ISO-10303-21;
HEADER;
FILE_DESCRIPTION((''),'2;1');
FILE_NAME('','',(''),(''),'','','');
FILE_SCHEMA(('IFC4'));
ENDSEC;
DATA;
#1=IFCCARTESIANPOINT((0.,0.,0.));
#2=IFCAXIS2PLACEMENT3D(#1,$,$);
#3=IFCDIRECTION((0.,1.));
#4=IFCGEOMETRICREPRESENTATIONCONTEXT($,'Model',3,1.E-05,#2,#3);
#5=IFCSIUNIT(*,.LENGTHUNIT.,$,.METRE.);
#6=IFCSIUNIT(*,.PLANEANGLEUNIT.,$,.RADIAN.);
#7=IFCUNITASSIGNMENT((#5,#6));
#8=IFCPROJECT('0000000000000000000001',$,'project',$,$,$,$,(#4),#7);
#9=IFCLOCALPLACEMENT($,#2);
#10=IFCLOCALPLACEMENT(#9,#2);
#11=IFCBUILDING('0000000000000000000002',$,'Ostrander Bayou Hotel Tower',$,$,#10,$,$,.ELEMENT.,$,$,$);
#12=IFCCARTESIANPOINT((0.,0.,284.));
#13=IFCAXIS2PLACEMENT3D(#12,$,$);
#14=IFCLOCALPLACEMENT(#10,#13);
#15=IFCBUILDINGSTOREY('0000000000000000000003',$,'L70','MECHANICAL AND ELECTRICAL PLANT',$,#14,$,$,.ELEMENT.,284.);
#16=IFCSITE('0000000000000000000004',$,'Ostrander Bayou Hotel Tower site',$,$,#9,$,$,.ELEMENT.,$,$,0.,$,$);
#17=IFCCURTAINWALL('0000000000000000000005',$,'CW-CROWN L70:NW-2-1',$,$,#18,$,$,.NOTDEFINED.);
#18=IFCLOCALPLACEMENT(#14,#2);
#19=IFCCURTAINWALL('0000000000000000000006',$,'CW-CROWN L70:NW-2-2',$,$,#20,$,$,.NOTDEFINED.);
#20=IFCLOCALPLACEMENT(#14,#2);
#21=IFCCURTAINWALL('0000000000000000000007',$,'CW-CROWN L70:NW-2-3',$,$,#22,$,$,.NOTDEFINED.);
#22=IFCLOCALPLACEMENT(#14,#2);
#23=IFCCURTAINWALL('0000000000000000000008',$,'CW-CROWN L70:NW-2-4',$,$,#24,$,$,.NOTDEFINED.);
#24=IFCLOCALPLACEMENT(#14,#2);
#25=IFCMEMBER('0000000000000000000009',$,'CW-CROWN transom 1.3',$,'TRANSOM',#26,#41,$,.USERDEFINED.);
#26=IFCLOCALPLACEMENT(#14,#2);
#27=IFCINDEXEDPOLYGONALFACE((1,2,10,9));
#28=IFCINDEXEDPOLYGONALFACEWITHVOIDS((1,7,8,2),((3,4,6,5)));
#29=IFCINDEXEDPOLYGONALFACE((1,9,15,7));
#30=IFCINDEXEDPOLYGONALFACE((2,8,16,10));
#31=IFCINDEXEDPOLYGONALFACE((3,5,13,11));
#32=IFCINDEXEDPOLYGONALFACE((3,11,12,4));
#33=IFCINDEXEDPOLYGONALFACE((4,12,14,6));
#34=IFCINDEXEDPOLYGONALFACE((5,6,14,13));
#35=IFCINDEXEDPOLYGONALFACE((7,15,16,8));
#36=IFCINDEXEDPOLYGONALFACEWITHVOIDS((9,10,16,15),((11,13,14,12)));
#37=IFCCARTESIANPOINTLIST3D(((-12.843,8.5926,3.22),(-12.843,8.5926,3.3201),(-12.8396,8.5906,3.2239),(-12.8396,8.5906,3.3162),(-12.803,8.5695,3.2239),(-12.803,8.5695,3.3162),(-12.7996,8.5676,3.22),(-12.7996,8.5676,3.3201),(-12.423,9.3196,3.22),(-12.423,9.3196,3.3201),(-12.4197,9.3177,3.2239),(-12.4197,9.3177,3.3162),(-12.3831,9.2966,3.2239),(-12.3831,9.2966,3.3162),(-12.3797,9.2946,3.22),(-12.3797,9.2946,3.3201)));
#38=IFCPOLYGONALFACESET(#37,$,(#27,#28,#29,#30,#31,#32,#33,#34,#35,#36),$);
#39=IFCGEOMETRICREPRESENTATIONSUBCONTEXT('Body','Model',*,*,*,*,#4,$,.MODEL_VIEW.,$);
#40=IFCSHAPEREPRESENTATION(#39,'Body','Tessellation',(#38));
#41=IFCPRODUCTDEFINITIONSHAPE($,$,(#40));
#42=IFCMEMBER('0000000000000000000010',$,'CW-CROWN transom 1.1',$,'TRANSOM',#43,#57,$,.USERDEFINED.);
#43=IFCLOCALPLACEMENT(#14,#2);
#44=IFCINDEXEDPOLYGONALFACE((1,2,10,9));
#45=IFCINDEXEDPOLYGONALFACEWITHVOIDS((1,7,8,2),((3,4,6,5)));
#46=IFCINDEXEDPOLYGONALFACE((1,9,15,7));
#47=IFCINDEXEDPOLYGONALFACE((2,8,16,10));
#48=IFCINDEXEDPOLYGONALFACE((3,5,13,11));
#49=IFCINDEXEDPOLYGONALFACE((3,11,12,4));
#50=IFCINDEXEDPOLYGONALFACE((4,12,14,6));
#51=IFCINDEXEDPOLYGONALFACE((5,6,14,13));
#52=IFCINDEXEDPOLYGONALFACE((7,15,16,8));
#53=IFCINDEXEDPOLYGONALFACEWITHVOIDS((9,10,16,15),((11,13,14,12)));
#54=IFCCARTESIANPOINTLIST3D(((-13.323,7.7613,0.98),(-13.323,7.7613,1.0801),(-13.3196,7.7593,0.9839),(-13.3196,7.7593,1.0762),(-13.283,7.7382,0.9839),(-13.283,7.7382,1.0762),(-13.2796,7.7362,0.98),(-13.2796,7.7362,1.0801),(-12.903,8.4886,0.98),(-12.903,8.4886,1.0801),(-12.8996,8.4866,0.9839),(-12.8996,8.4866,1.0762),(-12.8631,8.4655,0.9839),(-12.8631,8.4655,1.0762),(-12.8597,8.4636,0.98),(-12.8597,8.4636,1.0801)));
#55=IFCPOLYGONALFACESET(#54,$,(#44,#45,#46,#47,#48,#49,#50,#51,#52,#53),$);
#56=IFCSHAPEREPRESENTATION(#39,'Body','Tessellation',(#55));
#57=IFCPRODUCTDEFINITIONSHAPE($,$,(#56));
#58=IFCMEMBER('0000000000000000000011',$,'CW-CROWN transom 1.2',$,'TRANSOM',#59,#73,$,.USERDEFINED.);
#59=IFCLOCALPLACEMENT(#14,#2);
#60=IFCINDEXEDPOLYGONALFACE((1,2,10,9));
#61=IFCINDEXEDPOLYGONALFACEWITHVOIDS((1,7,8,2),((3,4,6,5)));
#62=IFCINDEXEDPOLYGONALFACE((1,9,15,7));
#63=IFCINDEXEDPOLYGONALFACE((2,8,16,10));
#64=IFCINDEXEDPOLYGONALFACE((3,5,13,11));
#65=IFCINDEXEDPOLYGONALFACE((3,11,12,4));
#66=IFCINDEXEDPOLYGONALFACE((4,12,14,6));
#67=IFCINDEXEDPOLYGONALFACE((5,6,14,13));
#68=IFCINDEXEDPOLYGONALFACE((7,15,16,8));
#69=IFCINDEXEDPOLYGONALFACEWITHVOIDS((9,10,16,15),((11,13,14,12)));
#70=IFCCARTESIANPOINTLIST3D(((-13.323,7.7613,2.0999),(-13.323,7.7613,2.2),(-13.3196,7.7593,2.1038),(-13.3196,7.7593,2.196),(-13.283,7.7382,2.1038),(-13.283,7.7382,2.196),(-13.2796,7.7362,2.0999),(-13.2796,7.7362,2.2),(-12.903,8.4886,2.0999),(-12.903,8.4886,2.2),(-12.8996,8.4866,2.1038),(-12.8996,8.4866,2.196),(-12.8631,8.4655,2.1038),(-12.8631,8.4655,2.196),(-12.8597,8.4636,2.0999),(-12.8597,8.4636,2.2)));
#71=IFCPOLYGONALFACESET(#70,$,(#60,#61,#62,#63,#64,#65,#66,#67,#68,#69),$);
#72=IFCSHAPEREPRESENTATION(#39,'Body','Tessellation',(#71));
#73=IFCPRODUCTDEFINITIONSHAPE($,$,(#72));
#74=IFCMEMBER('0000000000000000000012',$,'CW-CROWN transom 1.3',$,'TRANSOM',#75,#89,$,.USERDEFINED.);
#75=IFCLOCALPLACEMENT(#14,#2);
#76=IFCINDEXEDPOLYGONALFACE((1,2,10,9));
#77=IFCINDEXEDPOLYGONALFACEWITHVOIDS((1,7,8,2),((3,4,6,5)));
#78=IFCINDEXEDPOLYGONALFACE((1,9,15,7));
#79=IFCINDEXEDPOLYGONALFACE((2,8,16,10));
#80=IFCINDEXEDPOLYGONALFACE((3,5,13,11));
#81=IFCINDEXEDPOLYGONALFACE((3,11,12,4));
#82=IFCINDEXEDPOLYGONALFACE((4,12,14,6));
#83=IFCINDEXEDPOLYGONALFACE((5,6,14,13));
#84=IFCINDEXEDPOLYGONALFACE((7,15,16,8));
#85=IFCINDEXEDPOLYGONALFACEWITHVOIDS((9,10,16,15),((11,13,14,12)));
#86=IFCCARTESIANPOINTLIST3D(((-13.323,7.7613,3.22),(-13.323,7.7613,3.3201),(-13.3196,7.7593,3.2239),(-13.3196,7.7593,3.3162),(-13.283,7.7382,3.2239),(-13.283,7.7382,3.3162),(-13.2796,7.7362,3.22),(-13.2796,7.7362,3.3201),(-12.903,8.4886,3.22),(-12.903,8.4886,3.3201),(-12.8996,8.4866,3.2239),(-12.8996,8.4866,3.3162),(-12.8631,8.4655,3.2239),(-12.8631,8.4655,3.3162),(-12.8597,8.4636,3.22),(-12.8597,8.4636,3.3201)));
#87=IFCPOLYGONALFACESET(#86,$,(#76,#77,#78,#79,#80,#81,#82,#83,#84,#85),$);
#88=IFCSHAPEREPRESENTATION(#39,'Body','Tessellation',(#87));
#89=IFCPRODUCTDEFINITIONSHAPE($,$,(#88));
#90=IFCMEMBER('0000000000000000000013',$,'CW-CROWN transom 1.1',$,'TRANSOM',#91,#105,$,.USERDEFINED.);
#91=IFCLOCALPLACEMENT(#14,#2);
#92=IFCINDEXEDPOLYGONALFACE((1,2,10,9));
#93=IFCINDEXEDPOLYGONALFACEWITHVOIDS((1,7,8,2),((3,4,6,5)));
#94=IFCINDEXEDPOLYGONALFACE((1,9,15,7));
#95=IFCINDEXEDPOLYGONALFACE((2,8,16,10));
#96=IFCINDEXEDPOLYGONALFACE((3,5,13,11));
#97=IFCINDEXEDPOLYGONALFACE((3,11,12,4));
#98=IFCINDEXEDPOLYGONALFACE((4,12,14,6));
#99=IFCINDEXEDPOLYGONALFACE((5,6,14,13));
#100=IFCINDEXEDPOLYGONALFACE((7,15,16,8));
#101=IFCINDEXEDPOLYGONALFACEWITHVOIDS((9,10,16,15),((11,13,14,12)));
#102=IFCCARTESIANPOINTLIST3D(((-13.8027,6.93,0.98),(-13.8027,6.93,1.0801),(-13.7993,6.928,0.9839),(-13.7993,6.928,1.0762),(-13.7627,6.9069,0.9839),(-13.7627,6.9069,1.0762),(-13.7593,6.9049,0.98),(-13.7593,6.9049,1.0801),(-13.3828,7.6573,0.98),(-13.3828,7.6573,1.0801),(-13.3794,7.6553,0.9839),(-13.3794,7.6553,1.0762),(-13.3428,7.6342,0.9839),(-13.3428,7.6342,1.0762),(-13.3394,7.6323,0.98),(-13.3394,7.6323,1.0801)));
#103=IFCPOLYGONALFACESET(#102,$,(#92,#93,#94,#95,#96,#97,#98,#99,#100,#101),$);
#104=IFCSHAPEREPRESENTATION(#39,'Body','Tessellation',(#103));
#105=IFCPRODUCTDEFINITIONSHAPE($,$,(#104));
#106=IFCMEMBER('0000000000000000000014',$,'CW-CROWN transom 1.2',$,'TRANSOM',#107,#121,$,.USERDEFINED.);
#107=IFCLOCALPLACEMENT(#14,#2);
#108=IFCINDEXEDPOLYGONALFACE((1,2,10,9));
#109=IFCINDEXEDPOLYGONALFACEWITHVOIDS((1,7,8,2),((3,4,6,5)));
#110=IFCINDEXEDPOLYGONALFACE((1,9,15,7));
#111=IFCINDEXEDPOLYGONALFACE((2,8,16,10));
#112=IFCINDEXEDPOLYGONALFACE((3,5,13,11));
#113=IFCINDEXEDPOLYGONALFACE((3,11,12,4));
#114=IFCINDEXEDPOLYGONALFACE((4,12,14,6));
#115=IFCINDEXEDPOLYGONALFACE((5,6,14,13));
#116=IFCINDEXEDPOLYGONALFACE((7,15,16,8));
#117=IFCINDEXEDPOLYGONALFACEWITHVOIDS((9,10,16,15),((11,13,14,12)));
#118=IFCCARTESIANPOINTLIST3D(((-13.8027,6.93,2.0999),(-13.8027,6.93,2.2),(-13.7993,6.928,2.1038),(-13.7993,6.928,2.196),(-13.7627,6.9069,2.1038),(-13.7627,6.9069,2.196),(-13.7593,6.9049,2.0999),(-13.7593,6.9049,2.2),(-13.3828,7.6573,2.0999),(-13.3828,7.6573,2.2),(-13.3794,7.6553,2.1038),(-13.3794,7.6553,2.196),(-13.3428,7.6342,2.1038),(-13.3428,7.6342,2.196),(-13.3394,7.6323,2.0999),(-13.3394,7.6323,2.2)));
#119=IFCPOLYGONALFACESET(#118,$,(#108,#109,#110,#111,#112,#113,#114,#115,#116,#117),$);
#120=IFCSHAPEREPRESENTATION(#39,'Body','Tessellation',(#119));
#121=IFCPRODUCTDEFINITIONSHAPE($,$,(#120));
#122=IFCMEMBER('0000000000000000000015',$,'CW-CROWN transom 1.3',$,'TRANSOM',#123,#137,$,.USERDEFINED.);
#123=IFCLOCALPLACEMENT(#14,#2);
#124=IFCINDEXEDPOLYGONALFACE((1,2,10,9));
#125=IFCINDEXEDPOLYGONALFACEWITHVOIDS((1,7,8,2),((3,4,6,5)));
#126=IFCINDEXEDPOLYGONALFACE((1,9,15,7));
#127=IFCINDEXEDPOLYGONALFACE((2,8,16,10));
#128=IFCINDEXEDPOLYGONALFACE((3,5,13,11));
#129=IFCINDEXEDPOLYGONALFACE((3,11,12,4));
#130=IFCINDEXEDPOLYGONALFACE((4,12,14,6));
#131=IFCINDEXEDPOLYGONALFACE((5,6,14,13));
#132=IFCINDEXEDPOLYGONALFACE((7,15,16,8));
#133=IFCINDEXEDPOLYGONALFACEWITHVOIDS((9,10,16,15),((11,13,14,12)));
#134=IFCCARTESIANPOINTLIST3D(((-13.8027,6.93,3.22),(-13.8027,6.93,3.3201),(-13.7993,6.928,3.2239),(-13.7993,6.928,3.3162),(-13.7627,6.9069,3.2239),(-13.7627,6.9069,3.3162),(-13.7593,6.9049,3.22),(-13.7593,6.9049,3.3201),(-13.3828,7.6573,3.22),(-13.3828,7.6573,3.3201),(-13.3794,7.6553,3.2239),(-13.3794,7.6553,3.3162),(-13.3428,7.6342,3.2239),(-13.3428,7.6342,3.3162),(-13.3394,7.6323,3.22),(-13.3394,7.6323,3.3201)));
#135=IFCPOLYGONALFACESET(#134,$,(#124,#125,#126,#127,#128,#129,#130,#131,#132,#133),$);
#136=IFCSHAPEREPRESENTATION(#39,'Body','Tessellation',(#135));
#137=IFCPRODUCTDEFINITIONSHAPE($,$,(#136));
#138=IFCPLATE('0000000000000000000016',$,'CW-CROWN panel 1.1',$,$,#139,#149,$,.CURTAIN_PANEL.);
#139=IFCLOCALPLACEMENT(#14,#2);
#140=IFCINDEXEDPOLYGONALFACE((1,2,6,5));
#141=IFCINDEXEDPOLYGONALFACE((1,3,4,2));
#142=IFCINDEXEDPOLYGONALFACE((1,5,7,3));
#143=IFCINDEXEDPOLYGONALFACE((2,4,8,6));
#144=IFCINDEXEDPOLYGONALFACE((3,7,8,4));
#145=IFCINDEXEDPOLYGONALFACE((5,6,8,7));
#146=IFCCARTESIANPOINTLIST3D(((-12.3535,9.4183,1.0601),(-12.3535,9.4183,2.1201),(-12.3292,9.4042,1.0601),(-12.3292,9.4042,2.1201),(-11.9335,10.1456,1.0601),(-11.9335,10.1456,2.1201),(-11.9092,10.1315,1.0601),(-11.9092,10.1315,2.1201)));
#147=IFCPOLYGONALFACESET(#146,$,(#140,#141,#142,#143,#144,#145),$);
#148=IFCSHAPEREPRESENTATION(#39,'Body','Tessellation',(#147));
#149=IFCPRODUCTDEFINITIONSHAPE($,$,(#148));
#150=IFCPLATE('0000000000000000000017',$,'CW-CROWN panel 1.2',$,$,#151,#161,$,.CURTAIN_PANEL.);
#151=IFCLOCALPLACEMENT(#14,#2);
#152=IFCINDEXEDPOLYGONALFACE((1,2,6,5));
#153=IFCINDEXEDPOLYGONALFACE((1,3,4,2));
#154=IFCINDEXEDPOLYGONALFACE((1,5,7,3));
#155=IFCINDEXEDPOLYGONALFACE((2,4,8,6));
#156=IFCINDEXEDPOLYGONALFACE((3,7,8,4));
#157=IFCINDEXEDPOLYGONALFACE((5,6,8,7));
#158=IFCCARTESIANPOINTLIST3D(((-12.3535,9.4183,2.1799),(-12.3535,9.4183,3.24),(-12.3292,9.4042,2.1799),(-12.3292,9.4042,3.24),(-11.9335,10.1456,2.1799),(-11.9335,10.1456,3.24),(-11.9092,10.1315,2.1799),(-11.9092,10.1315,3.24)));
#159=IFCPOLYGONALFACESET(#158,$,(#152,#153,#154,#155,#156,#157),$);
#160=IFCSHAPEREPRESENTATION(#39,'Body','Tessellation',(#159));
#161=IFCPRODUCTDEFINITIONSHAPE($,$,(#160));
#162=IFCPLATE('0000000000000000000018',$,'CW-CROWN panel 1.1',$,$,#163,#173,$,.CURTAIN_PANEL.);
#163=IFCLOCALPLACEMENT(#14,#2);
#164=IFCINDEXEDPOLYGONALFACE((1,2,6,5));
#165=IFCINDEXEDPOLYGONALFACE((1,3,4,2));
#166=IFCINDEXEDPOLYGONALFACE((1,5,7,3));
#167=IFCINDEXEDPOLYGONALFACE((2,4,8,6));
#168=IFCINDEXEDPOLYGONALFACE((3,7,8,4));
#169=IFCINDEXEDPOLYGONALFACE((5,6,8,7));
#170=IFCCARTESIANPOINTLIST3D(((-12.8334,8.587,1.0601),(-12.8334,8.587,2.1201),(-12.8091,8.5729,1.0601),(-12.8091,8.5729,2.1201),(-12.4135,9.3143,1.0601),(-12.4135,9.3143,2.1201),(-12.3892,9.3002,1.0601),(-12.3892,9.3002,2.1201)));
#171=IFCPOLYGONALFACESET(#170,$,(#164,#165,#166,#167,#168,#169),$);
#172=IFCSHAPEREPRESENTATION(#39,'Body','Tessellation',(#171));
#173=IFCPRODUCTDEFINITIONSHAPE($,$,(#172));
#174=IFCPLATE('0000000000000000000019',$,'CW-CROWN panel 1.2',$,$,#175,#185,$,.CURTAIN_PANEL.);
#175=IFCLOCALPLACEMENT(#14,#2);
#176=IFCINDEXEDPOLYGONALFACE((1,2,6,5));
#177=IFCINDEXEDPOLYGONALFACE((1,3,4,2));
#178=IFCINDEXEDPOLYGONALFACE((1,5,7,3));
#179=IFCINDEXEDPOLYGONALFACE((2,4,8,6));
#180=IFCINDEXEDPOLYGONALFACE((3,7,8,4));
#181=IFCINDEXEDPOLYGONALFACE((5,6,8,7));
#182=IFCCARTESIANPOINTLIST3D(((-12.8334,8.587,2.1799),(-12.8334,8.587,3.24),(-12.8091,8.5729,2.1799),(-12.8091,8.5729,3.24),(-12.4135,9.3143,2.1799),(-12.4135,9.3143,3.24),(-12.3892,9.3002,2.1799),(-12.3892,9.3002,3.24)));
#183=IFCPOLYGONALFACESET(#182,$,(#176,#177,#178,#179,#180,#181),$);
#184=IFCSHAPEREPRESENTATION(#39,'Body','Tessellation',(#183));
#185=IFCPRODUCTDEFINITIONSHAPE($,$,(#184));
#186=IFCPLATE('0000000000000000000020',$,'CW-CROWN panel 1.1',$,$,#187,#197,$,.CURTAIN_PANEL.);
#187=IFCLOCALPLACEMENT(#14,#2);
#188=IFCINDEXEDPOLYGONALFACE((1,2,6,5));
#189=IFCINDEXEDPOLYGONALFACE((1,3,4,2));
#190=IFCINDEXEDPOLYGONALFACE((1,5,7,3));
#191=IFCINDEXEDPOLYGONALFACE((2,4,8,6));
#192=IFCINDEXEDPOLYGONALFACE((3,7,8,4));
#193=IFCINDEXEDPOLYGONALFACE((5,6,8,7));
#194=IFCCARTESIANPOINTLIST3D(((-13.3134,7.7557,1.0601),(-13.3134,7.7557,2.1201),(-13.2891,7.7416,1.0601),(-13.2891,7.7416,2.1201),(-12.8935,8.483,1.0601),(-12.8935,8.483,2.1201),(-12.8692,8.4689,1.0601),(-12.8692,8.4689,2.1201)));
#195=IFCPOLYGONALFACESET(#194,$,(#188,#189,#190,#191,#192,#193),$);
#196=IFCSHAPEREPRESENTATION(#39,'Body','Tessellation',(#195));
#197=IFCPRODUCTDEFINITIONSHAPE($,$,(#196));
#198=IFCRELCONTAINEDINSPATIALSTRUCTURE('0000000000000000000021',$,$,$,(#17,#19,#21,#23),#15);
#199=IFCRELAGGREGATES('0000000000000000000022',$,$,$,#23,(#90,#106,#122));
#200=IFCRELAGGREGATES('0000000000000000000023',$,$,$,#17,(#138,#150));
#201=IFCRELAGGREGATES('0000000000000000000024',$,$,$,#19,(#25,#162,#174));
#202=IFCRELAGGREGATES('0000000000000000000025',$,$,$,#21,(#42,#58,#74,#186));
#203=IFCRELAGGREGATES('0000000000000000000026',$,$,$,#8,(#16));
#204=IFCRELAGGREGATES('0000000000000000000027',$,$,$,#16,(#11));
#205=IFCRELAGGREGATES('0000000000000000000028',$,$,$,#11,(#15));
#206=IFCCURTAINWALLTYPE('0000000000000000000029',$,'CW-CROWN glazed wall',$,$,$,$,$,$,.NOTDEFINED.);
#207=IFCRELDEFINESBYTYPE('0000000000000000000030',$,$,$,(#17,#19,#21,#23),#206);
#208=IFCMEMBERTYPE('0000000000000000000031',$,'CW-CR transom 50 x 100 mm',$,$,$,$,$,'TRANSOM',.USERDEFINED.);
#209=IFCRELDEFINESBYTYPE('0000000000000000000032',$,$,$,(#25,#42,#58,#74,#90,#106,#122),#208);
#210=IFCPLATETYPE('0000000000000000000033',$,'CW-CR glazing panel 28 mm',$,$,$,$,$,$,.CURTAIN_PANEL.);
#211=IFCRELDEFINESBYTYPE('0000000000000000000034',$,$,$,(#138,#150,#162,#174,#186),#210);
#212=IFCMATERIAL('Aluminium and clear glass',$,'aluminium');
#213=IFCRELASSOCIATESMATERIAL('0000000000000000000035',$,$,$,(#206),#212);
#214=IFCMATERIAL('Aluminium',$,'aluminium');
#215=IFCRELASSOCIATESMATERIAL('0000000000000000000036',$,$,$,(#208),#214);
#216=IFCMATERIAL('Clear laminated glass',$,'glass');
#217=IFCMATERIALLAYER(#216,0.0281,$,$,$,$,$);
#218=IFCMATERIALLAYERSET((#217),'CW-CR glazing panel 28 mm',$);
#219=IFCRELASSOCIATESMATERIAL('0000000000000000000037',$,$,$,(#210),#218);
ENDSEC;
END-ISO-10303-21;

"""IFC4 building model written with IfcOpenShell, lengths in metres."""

from ifc_helpers import new_model, si_unit, direction, frame, origin, origin_2d, place, context, subcontext, project, spatial, rectangle, hollow_rectangle, extrude, material, layer, layer_set, material_profile, profile_set, type_object, element, aggregate, save


model = new_model("IFC4")

# Units and contexts
model_context = context("Model", 3, precision=1e-05, world=origin(), true_north=direction((0.0, 1.0)))
body_context = subcontext(model_context, "Body", "Model", "MODEL_VIEW")
ifc_project = project(units=[si_unit("LENGTHUNIT", "METRE"), si_unit("PLANEANGLEUNIT", "RADIAN")], contexts=[model_context])

# Site, building, storey
site_placement = place(None, origin())
site = spatial("IfcSite", under=ifc_project, at=site_placement, Name="Ostrander Bayou Hotel Tower site", CompositionType="ELEMENT", RefElevation=0.0)
building_placement = place(site_placement, origin())
building = spatial("IfcBuilding", under=site, at=building_placement, Name="Ostrander Bayou Hotel Tower", CompositionType="ELEMENT")
storey_placement = place(building_placement, frame((0.0, 0.0, 284.0)))
storey = spatial("IfcBuildingStorey", under=building, at=storey_placement, Name="L70", Description="MECHANICAL AND ELECTRICAL PLANT", CompositionType="ELEMENT", Elevation=284.0)

# Curtain wall
ifc_material_1 = material(Name="Aluminium and clear glass", Category="aluminium")
curtain_wall_type = type_object("IfcCurtainWallType", Name="CW-CROWN glazed wall", PredefinedType="NOTDEFINED", material=ifc_material_1)
curtain_wall_1_placement = place(storey_placement, origin())
curtain_wall_1 = element("IfcCurtainWall", 1, at=curtain_wall_1_placement, inside=storey, type_object=curtain_wall_type, Name="CW-CROWN L70:NW-2-1", PredefinedType="NOTDEFINED")

# Curtain walls
curtain_wall_2_placement = place(storey_placement, origin())
curtain_wall_2 = element("IfcCurtainWall", 2, at=curtain_wall_2_placement, inside=storey, type_object=curtain_wall_type, Name="CW-CROWN L70:NW-2-2", PredefinedType="NOTDEFINED")
curtain_wall_3_placement = place(storey_placement, origin())
curtain_wall_3 = element("IfcCurtainWall", 3, at=curtain_wall_3_placement, inside=storey, type_object=curtain_wall_type, Name="CW-CROWN L70:NW-2-3", PredefinedType="NOTDEFINED")

# Curtain wall
curtain_wall_4_placement = place(storey_placement, origin())
curtain_wall_4 = element("IfcCurtainWall", 4, at=curtain_wall_4_placement, inside=storey, type_object=curtain_wall_type, Name="CW-CROWN L70:NW-2-4", PredefinedType="NOTDEFINED")

# Members
ifc_material_2 = material(Name="Aluminium", Category="aluminium")
ifc_material_profile_1 = material_profile(ifc_material_2, hollow_rectangle(XDim=0.05, YDim=0.1001, WallThickness=0.0039, at=origin_2d()))
ifc_profile_set_1 = profile_set([ifc_material_profile_1], Name="Aluminium")
member_type_1 = type_object("IfcMemberType", Name="CW-CR transom 50 x 100 mm", ElementType="TRANSOM", PredefinedType="USERDEFINED", material=ifc_profile_set_1)
member_1_placement = place(storey_placement, frame((-12.4014, 9.3071, 3.27), z_axis=(-0.500142, -0.865943, 0.0), x_axis=(0.865943, -0.500142, 0.0)))
member_1 = element("IfcMember", 5, at=member_1_placement, type_object=member_type_1, Name="CW-CROWN transom 1.3", ObjectType="TRANSOM", PredefinedType="USERDEFINED", context=body_context, shape_type="SweptSolid", body=[
    extrude(hollow_rectangle(XDim=0.05, YDim=0.1001, WallThickness=0.0039, at=origin_2d()), origin(), (0.0, 0.0, 1.0), 0.8396),
])
member_2_placement = place(storey_placement, frame((-12.8813, 8.4761, 1.03), z_axis=(-0.500016, -0.866016, 0.0), x_axis=(0.866016, -0.500016, 0.0)))
member_2 = element("IfcMember", 6, at=member_2_placement, type_object=member_type_1, Name="CW-CROWN transom 1.1", ObjectType="TRANSOM", PredefinedType="USERDEFINED", context=body_context, shape_type="SweptSolid", body=[
    extrude(hollow_rectangle(XDim=0.05, YDim=0.1001, WallThickness=0.0039, at=origin_2d()), origin(), (0.0, 0.0, 1.0), 0.8398),
])
member_3_placement = place(storey_placement, frame((-12.8813, 8.4761, 2.1499), z_axis=(-0.500016, -0.866016, 0.0), x_axis=(0.866016, -0.500016, 0.0)))
member_3 = element("IfcMember", 7, at=member_3_placement, type_object=member_type_1, Name="CW-CROWN transom 1.2", ObjectType="TRANSOM", PredefinedType="USERDEFINED", context=body_context, shape_type="SweptSolid", body=[
    extrude(hollow_rectangle(XDim=0.05, YDim=0.1001, WallThickness=0.0039, at=origin_2d()), origin(), (0.0, 0.0, 1.0), 0.8398),
])
member_4_placement = place(storey_placement, frame((-12.8813, 8.4761, 3.27), z_axis=(-0.500016, -0.866016, 0.0), x_axis=(0.866016, -0.500016, 0.0)))
member_4 = element("IfcMember", 8, at=member_4_placement, type_object=member_type_1, Name="CW-CROWN transom 1.3", ObjectType="TRANSOM", PredefinedType="USERDEFINED", context=body_context, shape_type="SweptSolid", body=[
    extrude(hollow_rectangle(XDim=0.05, YDim=0.1001, WallThickness=0.0039, at=origin_2d()), origin(), (0.0, 0.0, 1.0), 0.8398),
])
member_5_placement = place(storey_placement, frame((-13.3611, 7.6448, 1.03), z_axis=(-0.500016, -0.866016, 0.0), x_axis=(0.866016, -0.500016, 0.0)))
member_5 = element("IfcMember", 9, at=member_5_placement, type_object=member_type_1, Name="CW-CROWN transom 1.1", ObjectType="TRANSOM", PredefinedType="USERDEFINED", context=body_context, shape_type="SweptSolid", body=[
    extrude(hollow_rectangle(XDim=0.05, YDim=0.1001, WallThickness=0.0039, at=origin_2d()), origin(), (0.0, 0.0, 1.0), 0.8398),
])
member_6_placement = place(storey_placement, frame((-13.3611, 7.6448, 2.1499), z_axis=(-0.500016, -0.866016, 0.0), x_axis=(0.866016, -0.500016, 0.0)))
member_6 = element("IfcMember", 10, at=member_6_placement, type_object=member_type_1, Name="CW-CROWN transom 1.2", ObjectType="TRANSOM", PredefinedType="USERDEFINED", context=body_context, shape_type="SweptSolid", body=[
    extrude(hollow_rectangle(XDim=0.05, YDim=0.1001, WallThickness=0.0039, at=origin_2d()), origin(), (0.0, 0.0, 1.0), 0.8398),
])
member_7_placement = place(storey_placement, frame((-13.3611, 7.6448, 3.27), z_axis=(-0.500016, -0.866016, 0.0), x_axis=(0.866016, -0.500016, 0.0)))
member_7 = element("IfcMember", 11, at=member_7_placement, type_object=member_type_1, Name="CW-CROWN transom 1.3", ObjectType="TRANSOM", PredefinedType="USERDEFINED", context=body_context, shape_type="SweptSolid", body=[
    extrude(hollow_rectangle(XDim=0.05, YDim=0.1001, WallThickness=0.0039, at=origin_2d()), origin(), (0.0, 0.0, 1.0), 0.8398),
])
aggregate(curtain_wall_4, [member_5, member_6, member_7])

# Plates
ifc_material_3 = material(Name="Clear laminated glass", Category="glass")
ifc_layer_1 = layer(ifc_material_3, 0.0281)
ifc_layer_set_1 = layer_set([ifc_layer_1], Name="CW-CR glazing panel 28 mm")
plate_type = type_object("IfcPlateType", Name="CW-CR glazing panel 28 mm", PredefinedType="CURTAIN_PANEL", material=ifc_layer_set_1)
plate_1_placement = place(storey_placement, frame((-12.1313, 9.7749, 1.0601), z_axis=(0.0, 0.0, 1.0), x_axis=(-0.500005, -0.866022, 0.0)))
plate_1 = element("IfcPlate", 12, at=plate_1_placement, type_object=plate_type, Name="CW-CROWN panel 1.1", PredefinedType="CURTAIN_PANEL", context=body_context, shape_type="SweptSolid", body=[
    extrude(rectangle(XDim=0.8398, YDim=0.0281, at=origin_2d()), origin(), (0.0, 0.0, 1.0), 1.0601),
])
plate_2_placement = place(storey_placement, frame((-12.1313, 9.7749, 2.1799), z_axis=(0.0, 0.0, 1.0), x_axis=(-0.500005, -0.866022, 0.0)))
plate_2 = element("IfcPlate", 13, at=plate_2_placement, type_object=plate_type, Name="CW-CROWN panel 1.2", PredefinedType="CURTAIN_PANEL", context=body_context, shape_type="SweptSolid", body=[
    extrude(rectangle(XDim=0.8398, YDim=0.0281, at=origin_2d()), origin(), (0.0, 0.0, 1.0), 1.0601),
])
aggregate(curtain_wall_1, [plate_1, plate_2])
plate_3_placement = place(storey_placement, frame((-12.6113, 8.9436, 1.0601), z_axis=(0.0, 0.0, 1.0), x_axis=(-0.500005, -0.866022, 0.0)))
plate_3 = element("IfcPlate", 14, at=plate_3_placement, type_object=plate_type, Name="CW-CROWN panel 1.1", PredefinedType="CURTAIN_PANEL", context=body_context, shape_type="SweptSolid", body=[
    extrude(rectangle(XDim=0.8398, YDim=0.0281, at=origin_2d()), origin(), (0.0, 0.0, 1.0), 1.0601),
])
plate_4_placement = place(storey_placement, frame((-12.6113, 8.9436, 2.1799), z_axis=(0.0, 0.0, 1.0), x_axis=(-0.500005, -0.866022, 0.0)))
plate_4 = element("IfcPlate", 15, at=plate_4_placement, type_object=plate_type, Name="CW-CROWN panel 1.2", PredefinedType="CURTAIN_PANEL", context=body_context, shape_type="SweptSolid", body=[
    extrude(rectangle(XDim=0.8398, YDim=0.0281, at=origin_2d()), origin(), (0.0, 0.0, 1.0), 1.0601),
])
aggregate(curtain_wall_2, [member_1, plate_3, plate_4])
plate_5_placement = place(storey_placement, frame((-13.0913, 8.1123, 1.0601), z_axis=(0.0, 0.0, 1.0), x_axis=(-0.500005, -0.866022, 0.0)))
plate_5 = element("IfcPlate", 16, at=plate_5_placement, type_object=plate_type, Name="CW-CROWN panel 1.1", PredefinedType="CURTAIN_PANEL", context=body_context, shape_type="SweptSolid", body=[
    extrude(rectangle(XDim=0.8398, YDim=0.0281, at=origin_2d()), origin(), (0.0, 0.0, 1.0), 1.0601),
])
aggregate(curtain_wall_3, [member_2, member_3, member_4, plate_5])

save(model, "model.ifc")
